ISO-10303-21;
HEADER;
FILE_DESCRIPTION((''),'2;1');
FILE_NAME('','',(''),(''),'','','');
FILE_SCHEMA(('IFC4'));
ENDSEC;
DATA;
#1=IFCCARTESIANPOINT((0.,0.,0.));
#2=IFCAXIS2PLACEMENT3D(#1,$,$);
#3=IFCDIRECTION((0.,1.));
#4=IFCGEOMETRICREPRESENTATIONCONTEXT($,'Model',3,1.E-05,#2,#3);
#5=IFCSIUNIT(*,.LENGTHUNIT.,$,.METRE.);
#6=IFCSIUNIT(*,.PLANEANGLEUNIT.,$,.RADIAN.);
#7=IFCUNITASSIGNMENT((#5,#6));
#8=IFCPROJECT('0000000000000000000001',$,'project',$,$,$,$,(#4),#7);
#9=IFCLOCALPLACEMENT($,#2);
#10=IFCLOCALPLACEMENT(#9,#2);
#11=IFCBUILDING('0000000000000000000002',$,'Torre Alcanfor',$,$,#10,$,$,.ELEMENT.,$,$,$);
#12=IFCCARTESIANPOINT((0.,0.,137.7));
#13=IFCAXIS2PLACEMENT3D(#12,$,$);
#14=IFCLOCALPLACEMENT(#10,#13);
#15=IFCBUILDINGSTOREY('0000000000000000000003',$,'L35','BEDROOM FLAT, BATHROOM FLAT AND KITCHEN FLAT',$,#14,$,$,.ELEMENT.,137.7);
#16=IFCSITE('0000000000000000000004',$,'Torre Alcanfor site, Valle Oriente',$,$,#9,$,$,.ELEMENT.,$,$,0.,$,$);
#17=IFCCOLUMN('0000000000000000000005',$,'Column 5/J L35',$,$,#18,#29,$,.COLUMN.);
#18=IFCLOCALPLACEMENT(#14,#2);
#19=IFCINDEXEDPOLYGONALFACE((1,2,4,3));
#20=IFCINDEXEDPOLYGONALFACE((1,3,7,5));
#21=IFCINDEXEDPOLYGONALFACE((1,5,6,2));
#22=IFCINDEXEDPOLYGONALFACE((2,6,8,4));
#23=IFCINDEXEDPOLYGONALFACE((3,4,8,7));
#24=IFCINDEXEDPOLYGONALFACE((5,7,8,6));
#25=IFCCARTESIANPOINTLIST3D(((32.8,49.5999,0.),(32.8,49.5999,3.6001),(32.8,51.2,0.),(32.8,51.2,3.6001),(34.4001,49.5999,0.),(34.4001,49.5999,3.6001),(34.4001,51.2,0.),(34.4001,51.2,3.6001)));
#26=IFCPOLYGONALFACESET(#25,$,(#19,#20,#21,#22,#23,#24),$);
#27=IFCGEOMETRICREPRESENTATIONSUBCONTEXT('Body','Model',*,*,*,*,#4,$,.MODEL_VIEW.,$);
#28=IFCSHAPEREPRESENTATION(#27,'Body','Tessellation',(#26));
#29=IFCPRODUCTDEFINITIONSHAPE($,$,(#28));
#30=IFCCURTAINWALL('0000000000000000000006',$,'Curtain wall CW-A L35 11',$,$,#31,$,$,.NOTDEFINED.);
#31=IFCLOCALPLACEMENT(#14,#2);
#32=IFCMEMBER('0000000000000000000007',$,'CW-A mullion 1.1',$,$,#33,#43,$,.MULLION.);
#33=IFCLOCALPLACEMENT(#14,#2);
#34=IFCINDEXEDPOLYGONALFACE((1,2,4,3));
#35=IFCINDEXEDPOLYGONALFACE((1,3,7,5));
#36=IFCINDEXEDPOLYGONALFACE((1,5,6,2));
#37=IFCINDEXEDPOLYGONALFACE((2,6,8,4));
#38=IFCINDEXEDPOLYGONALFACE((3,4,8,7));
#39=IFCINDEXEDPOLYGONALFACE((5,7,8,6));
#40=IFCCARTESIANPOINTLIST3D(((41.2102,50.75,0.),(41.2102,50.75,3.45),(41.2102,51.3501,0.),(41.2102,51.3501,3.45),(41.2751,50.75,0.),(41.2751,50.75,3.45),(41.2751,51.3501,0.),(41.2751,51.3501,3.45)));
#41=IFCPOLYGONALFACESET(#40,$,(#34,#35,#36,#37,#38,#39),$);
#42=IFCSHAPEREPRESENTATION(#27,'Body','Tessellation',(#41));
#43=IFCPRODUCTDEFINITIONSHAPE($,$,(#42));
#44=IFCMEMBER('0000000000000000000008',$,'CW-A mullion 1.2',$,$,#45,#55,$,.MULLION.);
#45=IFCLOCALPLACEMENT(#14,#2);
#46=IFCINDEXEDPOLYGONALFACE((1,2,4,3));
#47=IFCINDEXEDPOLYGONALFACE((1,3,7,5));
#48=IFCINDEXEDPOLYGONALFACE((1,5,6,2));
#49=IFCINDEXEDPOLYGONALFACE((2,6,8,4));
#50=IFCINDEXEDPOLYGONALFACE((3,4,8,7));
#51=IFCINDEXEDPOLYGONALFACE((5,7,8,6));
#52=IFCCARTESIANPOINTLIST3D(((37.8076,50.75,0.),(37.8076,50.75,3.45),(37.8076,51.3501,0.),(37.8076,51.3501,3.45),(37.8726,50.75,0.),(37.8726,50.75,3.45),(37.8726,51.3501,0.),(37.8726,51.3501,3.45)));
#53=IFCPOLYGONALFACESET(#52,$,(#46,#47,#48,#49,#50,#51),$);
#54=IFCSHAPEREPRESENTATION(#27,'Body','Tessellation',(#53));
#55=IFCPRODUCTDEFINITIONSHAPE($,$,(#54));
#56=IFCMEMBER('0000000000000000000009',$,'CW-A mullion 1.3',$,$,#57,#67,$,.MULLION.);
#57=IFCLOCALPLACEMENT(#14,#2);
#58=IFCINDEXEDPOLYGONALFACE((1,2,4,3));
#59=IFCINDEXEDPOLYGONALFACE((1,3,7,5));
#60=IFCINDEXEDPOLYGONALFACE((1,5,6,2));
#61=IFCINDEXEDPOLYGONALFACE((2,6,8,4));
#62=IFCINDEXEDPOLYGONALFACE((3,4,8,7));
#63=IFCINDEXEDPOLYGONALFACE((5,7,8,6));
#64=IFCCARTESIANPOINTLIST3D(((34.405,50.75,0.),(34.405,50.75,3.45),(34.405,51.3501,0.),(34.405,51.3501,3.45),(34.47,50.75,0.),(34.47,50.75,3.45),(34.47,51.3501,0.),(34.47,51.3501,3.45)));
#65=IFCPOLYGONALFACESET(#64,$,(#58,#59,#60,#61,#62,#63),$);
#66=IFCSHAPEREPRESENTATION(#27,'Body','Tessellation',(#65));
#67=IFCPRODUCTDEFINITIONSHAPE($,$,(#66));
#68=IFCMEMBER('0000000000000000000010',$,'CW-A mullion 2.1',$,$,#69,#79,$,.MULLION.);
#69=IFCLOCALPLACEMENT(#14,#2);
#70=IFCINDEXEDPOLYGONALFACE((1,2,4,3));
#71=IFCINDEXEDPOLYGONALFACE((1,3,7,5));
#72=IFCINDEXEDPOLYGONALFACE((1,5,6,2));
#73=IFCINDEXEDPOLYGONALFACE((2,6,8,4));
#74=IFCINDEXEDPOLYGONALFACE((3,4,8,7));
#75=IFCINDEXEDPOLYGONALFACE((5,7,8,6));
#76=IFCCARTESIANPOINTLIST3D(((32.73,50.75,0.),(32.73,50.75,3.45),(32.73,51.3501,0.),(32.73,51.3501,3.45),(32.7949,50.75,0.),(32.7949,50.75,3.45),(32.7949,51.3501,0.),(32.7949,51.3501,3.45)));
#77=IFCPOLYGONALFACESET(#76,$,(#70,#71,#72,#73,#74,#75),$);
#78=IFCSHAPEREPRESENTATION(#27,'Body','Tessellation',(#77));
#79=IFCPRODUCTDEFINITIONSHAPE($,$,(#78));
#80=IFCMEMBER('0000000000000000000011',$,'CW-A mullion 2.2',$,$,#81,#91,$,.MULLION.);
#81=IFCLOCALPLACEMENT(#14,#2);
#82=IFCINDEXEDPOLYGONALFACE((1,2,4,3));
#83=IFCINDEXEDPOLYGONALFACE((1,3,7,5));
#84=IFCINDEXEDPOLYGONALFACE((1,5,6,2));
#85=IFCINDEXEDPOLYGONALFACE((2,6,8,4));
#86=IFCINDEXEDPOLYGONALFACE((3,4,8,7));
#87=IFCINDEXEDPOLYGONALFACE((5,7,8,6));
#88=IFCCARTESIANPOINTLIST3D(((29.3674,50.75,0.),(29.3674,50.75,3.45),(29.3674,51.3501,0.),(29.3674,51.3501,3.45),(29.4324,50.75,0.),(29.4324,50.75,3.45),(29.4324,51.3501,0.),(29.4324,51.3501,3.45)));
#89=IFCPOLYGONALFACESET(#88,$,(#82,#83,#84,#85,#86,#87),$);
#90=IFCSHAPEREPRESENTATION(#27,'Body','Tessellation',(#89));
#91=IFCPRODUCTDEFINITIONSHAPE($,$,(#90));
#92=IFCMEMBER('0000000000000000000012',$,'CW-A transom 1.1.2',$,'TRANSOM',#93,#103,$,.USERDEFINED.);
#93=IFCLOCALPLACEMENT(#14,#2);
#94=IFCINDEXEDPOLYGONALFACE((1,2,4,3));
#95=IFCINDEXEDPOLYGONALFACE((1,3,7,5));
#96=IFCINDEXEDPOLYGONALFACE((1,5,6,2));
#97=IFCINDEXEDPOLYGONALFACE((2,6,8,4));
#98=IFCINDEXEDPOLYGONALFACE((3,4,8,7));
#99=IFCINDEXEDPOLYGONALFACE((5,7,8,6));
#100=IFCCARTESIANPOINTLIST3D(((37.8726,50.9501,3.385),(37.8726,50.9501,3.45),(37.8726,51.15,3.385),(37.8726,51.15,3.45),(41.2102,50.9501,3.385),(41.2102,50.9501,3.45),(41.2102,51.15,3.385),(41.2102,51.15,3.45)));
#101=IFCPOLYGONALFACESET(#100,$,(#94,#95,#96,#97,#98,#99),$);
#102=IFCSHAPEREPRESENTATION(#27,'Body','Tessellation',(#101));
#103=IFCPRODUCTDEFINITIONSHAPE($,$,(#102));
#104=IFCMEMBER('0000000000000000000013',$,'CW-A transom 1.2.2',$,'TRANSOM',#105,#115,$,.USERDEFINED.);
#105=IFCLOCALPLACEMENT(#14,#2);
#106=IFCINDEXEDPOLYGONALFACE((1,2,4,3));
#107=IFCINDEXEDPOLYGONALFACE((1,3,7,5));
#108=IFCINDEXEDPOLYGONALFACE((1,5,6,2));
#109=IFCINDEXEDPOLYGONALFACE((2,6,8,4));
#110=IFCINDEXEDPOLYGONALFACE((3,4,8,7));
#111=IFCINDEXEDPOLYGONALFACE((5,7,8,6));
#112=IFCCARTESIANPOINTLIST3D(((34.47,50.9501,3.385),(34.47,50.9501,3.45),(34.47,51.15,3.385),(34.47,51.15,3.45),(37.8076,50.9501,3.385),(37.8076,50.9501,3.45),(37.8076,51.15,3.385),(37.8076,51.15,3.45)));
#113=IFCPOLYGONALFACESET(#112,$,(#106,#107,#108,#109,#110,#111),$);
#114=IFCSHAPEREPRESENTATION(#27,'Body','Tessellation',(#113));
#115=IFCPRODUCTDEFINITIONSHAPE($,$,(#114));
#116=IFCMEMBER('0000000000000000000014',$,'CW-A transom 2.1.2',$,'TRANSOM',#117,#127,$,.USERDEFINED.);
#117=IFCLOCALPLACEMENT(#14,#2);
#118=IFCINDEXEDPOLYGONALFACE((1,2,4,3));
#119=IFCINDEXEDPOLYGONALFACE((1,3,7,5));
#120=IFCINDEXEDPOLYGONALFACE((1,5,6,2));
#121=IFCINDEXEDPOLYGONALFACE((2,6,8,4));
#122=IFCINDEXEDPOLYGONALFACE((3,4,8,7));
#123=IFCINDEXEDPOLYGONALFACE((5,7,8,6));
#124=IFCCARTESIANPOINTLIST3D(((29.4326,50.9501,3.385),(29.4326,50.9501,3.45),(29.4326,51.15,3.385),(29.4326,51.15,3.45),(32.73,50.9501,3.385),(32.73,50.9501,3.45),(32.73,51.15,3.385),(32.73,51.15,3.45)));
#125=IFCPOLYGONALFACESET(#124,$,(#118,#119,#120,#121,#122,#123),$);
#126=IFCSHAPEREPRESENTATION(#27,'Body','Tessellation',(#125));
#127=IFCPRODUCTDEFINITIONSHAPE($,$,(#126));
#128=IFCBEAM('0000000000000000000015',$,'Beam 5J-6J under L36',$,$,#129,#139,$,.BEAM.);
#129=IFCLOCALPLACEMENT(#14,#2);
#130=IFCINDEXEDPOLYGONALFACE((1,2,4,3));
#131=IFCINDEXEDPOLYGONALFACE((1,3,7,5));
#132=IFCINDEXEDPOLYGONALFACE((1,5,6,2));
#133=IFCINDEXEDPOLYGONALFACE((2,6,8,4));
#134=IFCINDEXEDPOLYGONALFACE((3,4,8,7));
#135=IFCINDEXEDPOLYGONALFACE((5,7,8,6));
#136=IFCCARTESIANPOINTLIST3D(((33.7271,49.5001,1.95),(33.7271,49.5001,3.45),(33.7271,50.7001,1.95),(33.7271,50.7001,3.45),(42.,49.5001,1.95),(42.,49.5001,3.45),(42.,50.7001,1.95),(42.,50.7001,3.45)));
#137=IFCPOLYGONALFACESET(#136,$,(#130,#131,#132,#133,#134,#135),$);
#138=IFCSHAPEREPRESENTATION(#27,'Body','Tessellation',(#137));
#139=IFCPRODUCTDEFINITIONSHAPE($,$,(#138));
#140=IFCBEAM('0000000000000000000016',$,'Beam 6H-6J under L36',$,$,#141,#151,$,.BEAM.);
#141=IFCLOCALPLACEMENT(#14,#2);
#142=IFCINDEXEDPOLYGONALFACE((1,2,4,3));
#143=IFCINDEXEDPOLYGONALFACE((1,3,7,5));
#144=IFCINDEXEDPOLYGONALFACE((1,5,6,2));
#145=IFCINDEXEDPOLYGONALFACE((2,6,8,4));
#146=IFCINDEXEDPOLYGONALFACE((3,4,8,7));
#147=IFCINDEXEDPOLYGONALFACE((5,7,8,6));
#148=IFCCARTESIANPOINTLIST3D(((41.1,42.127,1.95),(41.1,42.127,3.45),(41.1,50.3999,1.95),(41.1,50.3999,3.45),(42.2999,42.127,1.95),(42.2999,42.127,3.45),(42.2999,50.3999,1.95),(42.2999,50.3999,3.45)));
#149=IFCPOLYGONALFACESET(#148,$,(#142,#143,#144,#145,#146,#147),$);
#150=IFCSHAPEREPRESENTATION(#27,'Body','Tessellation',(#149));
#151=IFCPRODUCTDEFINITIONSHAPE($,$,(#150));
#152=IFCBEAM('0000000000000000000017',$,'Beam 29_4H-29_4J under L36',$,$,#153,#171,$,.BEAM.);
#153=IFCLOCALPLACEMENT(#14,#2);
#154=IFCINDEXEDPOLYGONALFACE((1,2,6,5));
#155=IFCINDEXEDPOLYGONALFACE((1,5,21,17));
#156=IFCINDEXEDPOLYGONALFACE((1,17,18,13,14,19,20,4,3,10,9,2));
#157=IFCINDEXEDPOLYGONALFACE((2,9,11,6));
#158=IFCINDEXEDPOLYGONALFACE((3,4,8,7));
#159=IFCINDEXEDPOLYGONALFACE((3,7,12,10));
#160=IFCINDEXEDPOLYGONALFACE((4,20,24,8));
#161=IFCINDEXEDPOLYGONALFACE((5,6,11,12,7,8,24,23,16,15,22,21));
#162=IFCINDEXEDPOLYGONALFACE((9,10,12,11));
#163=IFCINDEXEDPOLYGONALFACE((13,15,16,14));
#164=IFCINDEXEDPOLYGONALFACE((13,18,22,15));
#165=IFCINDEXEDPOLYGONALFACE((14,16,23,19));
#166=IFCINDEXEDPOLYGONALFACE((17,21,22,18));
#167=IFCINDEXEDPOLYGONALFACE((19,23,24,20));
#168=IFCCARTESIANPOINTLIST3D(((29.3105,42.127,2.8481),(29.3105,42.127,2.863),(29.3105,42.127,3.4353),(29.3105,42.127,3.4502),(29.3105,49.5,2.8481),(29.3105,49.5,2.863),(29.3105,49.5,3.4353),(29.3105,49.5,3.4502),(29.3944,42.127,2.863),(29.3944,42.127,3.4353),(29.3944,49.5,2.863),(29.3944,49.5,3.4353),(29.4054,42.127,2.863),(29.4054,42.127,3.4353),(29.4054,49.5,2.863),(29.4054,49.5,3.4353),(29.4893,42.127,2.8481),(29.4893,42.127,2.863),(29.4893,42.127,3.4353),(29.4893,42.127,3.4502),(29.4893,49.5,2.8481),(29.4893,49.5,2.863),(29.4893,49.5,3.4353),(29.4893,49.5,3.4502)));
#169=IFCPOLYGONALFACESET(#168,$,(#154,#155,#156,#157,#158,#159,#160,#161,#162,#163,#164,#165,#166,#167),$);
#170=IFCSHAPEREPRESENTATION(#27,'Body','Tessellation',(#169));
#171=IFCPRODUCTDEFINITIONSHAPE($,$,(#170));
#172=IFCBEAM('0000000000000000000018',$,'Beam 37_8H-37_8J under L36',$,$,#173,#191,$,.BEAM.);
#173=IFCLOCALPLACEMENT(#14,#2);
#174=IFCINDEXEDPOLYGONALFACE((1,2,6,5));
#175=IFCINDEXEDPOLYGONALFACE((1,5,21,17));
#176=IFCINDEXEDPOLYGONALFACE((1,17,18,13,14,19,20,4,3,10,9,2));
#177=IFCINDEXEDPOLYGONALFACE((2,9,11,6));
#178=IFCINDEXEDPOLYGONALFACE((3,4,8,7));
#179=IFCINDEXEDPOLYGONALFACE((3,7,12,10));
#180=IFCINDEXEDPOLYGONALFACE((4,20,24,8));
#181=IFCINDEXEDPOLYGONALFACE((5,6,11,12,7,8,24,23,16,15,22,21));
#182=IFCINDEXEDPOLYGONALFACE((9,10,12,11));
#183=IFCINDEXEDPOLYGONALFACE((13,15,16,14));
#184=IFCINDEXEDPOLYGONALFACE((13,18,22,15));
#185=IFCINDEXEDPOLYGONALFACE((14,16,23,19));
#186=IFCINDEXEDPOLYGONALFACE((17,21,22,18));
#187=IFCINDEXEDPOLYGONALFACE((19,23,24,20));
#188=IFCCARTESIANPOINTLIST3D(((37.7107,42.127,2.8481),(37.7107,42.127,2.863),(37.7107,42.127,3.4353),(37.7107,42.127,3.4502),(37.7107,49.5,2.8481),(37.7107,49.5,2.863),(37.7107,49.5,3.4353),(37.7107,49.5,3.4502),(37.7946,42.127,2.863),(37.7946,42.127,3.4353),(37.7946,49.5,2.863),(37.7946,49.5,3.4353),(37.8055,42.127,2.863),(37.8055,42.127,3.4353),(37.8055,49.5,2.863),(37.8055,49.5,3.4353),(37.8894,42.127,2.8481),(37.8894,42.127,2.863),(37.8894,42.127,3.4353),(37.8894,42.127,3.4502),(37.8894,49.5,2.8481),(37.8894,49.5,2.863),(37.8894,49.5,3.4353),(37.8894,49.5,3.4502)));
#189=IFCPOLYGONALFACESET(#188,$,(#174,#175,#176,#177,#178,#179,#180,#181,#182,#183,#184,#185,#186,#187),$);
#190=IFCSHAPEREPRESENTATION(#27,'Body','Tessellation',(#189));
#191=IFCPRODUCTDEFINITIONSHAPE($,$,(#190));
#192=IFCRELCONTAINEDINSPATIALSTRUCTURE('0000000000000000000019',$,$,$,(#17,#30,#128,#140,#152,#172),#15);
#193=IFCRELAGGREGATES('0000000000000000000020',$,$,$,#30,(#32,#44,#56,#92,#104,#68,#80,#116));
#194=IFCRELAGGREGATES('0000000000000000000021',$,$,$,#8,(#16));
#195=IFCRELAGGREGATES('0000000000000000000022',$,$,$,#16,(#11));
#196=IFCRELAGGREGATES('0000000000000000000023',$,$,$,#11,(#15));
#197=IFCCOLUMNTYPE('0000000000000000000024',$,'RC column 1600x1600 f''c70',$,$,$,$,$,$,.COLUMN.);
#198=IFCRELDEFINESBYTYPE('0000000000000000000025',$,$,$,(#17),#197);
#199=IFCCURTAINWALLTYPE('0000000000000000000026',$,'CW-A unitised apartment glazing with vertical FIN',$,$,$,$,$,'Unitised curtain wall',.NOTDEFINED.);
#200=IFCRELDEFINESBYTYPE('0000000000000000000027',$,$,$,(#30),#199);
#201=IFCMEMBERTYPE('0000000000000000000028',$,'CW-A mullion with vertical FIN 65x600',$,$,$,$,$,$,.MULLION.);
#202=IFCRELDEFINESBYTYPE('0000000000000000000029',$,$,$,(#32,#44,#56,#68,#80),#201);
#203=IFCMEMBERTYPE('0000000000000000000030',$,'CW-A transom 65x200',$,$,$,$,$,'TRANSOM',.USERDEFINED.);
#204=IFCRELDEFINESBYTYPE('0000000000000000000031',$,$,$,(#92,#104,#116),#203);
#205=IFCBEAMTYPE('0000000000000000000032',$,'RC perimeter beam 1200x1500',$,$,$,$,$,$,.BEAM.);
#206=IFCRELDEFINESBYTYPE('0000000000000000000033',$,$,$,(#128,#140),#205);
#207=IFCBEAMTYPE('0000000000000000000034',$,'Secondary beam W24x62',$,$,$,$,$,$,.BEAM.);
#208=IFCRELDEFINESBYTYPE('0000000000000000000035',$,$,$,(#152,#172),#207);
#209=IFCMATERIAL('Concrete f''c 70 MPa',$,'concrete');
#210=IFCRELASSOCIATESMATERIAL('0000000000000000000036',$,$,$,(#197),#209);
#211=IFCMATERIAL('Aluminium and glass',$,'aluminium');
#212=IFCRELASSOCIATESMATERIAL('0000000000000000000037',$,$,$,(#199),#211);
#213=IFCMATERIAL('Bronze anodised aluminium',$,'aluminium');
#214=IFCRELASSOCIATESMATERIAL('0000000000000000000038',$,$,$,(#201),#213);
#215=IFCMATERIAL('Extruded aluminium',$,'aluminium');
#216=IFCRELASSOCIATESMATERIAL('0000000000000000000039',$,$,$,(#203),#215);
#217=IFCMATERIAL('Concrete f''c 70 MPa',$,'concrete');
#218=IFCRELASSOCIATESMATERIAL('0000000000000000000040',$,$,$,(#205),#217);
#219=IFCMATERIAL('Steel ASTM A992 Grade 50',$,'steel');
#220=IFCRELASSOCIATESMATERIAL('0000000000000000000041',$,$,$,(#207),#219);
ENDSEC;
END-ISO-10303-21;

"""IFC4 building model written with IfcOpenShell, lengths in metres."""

from ifc_helpers import new_model, si_unit, direction, frame, origin, origin_2d, place, context, subcontext, project, spatial, rectangle, i_section, extrude, material, material_profile, profile_set, type_object, element, aggregate, save


model = new_model("IFC4")

# Units and contexts
model_context = context("Model", 3, precision=1e-05, world=origin(), true_north=direction((0.0, 1.0)))
body_context = subcontext(model_context, "Body", "Model", "MODEL_VIEW")
ifc_project = project(units=[si_unit("LENGTHUNIT", "METRE"), si_unit("PLANEANGLEUNIT", "RADIAN")], contexts=[model_context])

# Site, building, storey
site_placement = place(None, origin())
site = spatial("IfcSite", under=ifc_project, at=site_placement, Name="Torre Alcanfor site, Valle Oriente", CompositionType="ELEMENT", RefElevation=0.0)
building_placement = place(site_placement, origin())
building = spatial("IfcBuilding", under=site, at=building_placement, Name="Torre Alcanfor", CompositionType="ELEMENT")
storey_placement = place(building_placement, frame((0.0, 0.0, 137.7)))
storey = spatial("IfcBuildingStorey", under=building, at=storey_placement, Name="L35", Description="BEDROOM FLAT, BATHROOM FLAT AND KITCHEN FLAT", CompositionType="ELEMENT", Elevation=137.7)

# Column
ifc_material_1 = material(Name="Concrete f'c 70 MPa", Category="concrete")
ifc_material_profile_1 = material_profile(ifc_material_1, rectangle(XDim=1.6001, YDim=1.6001, at=origin_2d()), Name="1600x1600")
ifc_profile_set_1 = profile_set([ifc_material_profile_1], Name="Concrete f'c 70 MPa")
column_type = type_object("IfcColumnType", Name="RC column 1600x1600 f'c70", PredefinedType="COLUMN", material=ifc_profile_set_1)
column_placement = place(storey_placement, frame((33.6001, 50.3999, 0.0), z_axis=(0.0, 0.0, 1.0), x_axis=(1.0, 0.0, 0.0)))
element("IfcColumn", 1, at=column_placement, inside=storey, type_object=column_type, Name="Column 5/J L35", PredefinedType="COLUMN", context=body_context, shape_type="SweptSolid", body=[
    extrude(rectangle(XDim=1.6001, YDim=1.6001, at=origin_2d()), origin(), (0.0, 0.0, 1.0), 3.6001),
])

# Curtain wall, members
ifc_material_2 = material(Name="Aluminium and glass", Category="aluminium")
curtain_wall_type = type_object("IfcCurtainWallType", Name="CW-A unitised apartment glazing with vertical FIN", ElementType="Unitised curtain wall", PredefinedType="NOTDEFINED", material=ifc_material_2)
curtain_wall_placement = place(storey_placement, origin())
curtain_wall = element("IfcCurtainWall", 2, at=curtain_wall_placement, inside=storey, type_object=curtain_wall_type, Name="Curtain wall CW-A L35 11", PredefinedType="NOTDEFINED")
ifc_material_3 = material(Name="Bronze anodised aluminium", Category="aluminium")
ifc_material_profile_2 = material_profile(ifc_material_3, rectangle(XDim=0.6001, YDim=0.0649, at=origin_2d()), Name="CW-A mullion 65x600")
ifc_profile_set_2 = profile_set([ifc_material_profile_2], Name="Bronze anodised aluminium")
member_type_1 = type_object("IfcMemberType", Name="CW-A mullion with vertical FIN 65x600", PredefinedType="MULLION", material=ifc_profile_set_2)
member_1_placement = place(storey_placement, frame((41.2427, 51.05, 0.0), z_axis=(0.0, 0.0, 1.0), x_axis=(0.0, -1.0, 0.0)))
member_1 = element("IfcMember", 3, at=member_1_placement, type_object=member_type_1, Name="CW-A mullion 1.1", PredefinedType="MULLION", context=body_context, shape_type="SweptSolid", body=[
    extrude(rectangle(XDim=0.6001, YDim=0.0649, at=origin_2d()), origin(), (0.0, 0.0, 1.0), 3.45),
])
member_2_placement = place(storey_placement, frame((37.8401, 51.05, 0.0), z_axis=(0.0, 0.0, 1.0), x_axis=(0.0, -1.0, 0.0)))
member_2 = element("IfcMember", 4, at=member_2_placement, type_object=member_type_1, Name="CW-A mullion 1.2", PredefinedType="MULLION", context=body_context, shape_type="SweptSolid", body=[
    extrude(rectangle(XDim=0.6001, YDim=0.0649, at=origin_2d()), origin(), (0.0, 0.0, 1.0), 3.45),
])
member_3_placement = place(storey_placement, frame((34.4375, 51.05, 0.0), z_axis=(0.0, 0.0, 1.0), x_axis=(0.0, -1.0, 0.0)))
member_3 = element("IfcMember", 5, at=member_3_placement, type_object=member_type_1, Name="CW-A mullion 1.3", PredefinedType="MULLION", context=body_context, shape_type="SweptSolid", body=[
    extrude(rectangle(XDim=0.6001, YDim=0.0649, at=origin_2d()), origin(), (0.0, 0.0, 1.0), 3.45),
])
member_4_placement = place(storey_placement, frame((32.7625, 51.05, 0.0), z_axis=(0.0, 0.0, 1.0), x_axis=(0.0, -1.0, 0.0)))
member_4 = element("IfcMember", 6, at=member_4_placement, type_object=member_type_1, Name="CW-A mullion 2.1", PredefinedType="MULLION", context=body_context, shape_type="SweptSolid", body=[
    extrude(rectangle(XDim=0.6001, YDim=0.0649, at=origin_2d()), origin(), (0.0, 0.0, 1.0), 3.45),
])
member_5_placement = place(storey_placement, frame((29.3999, 51.05, 0.0), z_axis=(0.0, 0.0, 1.0), x_axis=(0.0, -1.0, 0.0)))
member_5 = element("IfcMember", 7, at=member_5_placement, type_object=member_type_1, Name="CW-A mullion 2.2", PredefinedType="MULLION", context=body_context, shape_type="SweptSolid", body=[
    extrude(rectangle(XDim=0.6001, YDim=0.0649, at=origin_2d()), origin(), (0.0, 0.0, 1.0), 3.45),
])
ifc_material_4 = material(Name="Extruded aluminium", Category="aluminium")
ifc_material_profile_3 = material_profile(ifc_material_4, rectangle(XDim=0.2, YDim=0.0649, at=origin_2d()), Name="CW-A transom 200x65")
ifc_profile_set_3 = profile_set([ifc_material_profile_3], Name="Extruded aluminium")
member_type_2 = type_object("IfcMemberType", Name="CW-A transom 65x200", ElementType="TRANSOM", PredefinedType="USERDEFINED", material=ifc_profile_set_3)
member_6_placement = place(storey_placement, frame((41.2102, 51.05, 3.4175), z_axis=(-1.0, 0.0, 0.0), x_axis=(0.0, -1.0, 0.0)))
member_6 = element("IfcMember", 8, at=member_6_placement, type_object=member_type_2, Name="CW-A transom 1.1.2", ObjectType="TRANSOM", PredefinedType="USERDEFINED", context=body_context, shape_type="SweptSolid", body=[
    extrude(rectangle(XDim=0.2, YDim=0.0649, at=origin_2d()), origin(), (0.0, 0.0, 1.0), 3.3376),
])
member_7_placement = place(storey_placement, frame((37.8076, 51.05, 3.4175), z_axis=(-1.0, 0.0, 0.0), x_axis=(0.0, -1.0, 0.0)))
member_7 = element("IfcMember", 9, at=member_7_placement, type_object=member_type_2, Name="CW-A transom 1.2.2", ObjectType="TRANSOM", PredefinedType="USERDEFINED", context=body_context, shape_type="SweptSolid", body=[
    extrude(rectangle(XDim=0.2, YDim=0.0649, at=origin_2d()), origin(), (0.0, 0.0, 1.0), 3.3376),
])
member_8_placement = place(storey_placement, frame((32.73, 51.05, 3.4175), z_axis=(-1.0, 0.0, 0.0), x_axis=(0.0, -1.0, 0.0)))
member_8 = element("IfcMember", 10, at=member_8_placement, type_object=member_type_2, Name="CW-A transom 2.1.2", ObjectType="TRANSOM", PredefinedType="USERDEFINED", context=body_context, shape_type="SweptSolid", body=[
    extrude(rectangle(XDim=0.2, YDim=0.0649, at=origin_2d()), origin(), (0.0, 0.0, 1.0), 3.2974),
])

# Beams
ifc_material_5 = material(Name="Concrete f'c 70 MPa", Category="concrete")
ifc_material_profile_4 = material_profile(ifc_material_5, rectangle(XDim=1.2, YDim=1.5, at=origin_2d()), Name="1200x1500")
ifc_profile_set_4 = profile_set([ifc_material_profile_4], Name="Concrete f'c 70 MPa")
beam_type_1 = type_object("IfcBeamType", Name="RC perimeter beam 1200x1500", PredefinedType="BEAM", material=ifc_profile_set_4)
for number, where, z_axis, x_axis, name in (
    (11, (33.7271, 50.1001, 2.7), (1.0, 0.0, 0.0), (0.0, 1.0, 0.0), "Beam 5J-6J under L36"),
    (12, (41.7, 42.127, 2.7), (0.0, 1.0, 0.0), (-1.0, 0.0, 0.0), "Beam 6H-6J under L36"),
):
    element("IfcBeam", number, at=place(storey_placement, frame(where, z_axis=z_axis, x_axis=x_axis)), inside=storey, type_object=beam_type_1, Name=name, PredefinedType="BEAM", context=body_context, shape_type="SweptSolid", body=[
        extrude(rectangle(XDim=1.2, YDim=1.5, at=origin_2d()), origin(), (0.0, 0.0, 1.0), 8.2729),
    ])
ifc_material_6 = material(Name="Steel ASTM A992 Grade 50", Category="steel")
ifc_material_profile_5 = material_profile(ifc_material_6, i_section(OverallWidth=0.1787, OverallDepth=0.6021, WebThickness=0.011, FlangeThickness=0.0149, at=origin_2d()), Name="W24x62")
ifc_profile_set_5 = profile_set([ifc_material_profile_5], Name="Steel ASTM A992 Grade 50")
beam_type_2 = type_object("IfcBeamType", Name="Secondary beam W24x62", PredefinedType="BEAM", material=ifc_profile_set_5)
for number, where, z_axis, x_axis, name in (
    (13, (29.3999, 42.127, 3.1492), (0.0, 1.0, 0.0), (-1.0, 0.0, 0.0), "Beam 29_4H-29_4J under L36"),
    (14, (37.8, 42.127, 3.1492), (0.0, 1.0, 0.0), (-1.0, 0.0, 0.0), "Beam 37_8H-37_8J under L36"),
):
    element("IfcBeam", number, at=place(storey_placement, frame(where, z_axis=z_axis, x_axis=x_axis)), inside=storey, type_object=beam_type_2, Name=name, PredefinedType="BEAM", context=body_context, shape_type="SweptSolid", body=[
        extrude(i_section(OverallWidth=0.1787, OverallDepth=0.6021, WebThickness=0.011, FlangeThickness=0.0149, at=origin_2d()), origin(), (0.0, 0.0, 1.0), 7.373),
    ])

aggregate(curtain_wall, [member_1, member_2, member_3, member_6, member_7, member_4, member_5, member_8])

save(model, "model.ifc")
